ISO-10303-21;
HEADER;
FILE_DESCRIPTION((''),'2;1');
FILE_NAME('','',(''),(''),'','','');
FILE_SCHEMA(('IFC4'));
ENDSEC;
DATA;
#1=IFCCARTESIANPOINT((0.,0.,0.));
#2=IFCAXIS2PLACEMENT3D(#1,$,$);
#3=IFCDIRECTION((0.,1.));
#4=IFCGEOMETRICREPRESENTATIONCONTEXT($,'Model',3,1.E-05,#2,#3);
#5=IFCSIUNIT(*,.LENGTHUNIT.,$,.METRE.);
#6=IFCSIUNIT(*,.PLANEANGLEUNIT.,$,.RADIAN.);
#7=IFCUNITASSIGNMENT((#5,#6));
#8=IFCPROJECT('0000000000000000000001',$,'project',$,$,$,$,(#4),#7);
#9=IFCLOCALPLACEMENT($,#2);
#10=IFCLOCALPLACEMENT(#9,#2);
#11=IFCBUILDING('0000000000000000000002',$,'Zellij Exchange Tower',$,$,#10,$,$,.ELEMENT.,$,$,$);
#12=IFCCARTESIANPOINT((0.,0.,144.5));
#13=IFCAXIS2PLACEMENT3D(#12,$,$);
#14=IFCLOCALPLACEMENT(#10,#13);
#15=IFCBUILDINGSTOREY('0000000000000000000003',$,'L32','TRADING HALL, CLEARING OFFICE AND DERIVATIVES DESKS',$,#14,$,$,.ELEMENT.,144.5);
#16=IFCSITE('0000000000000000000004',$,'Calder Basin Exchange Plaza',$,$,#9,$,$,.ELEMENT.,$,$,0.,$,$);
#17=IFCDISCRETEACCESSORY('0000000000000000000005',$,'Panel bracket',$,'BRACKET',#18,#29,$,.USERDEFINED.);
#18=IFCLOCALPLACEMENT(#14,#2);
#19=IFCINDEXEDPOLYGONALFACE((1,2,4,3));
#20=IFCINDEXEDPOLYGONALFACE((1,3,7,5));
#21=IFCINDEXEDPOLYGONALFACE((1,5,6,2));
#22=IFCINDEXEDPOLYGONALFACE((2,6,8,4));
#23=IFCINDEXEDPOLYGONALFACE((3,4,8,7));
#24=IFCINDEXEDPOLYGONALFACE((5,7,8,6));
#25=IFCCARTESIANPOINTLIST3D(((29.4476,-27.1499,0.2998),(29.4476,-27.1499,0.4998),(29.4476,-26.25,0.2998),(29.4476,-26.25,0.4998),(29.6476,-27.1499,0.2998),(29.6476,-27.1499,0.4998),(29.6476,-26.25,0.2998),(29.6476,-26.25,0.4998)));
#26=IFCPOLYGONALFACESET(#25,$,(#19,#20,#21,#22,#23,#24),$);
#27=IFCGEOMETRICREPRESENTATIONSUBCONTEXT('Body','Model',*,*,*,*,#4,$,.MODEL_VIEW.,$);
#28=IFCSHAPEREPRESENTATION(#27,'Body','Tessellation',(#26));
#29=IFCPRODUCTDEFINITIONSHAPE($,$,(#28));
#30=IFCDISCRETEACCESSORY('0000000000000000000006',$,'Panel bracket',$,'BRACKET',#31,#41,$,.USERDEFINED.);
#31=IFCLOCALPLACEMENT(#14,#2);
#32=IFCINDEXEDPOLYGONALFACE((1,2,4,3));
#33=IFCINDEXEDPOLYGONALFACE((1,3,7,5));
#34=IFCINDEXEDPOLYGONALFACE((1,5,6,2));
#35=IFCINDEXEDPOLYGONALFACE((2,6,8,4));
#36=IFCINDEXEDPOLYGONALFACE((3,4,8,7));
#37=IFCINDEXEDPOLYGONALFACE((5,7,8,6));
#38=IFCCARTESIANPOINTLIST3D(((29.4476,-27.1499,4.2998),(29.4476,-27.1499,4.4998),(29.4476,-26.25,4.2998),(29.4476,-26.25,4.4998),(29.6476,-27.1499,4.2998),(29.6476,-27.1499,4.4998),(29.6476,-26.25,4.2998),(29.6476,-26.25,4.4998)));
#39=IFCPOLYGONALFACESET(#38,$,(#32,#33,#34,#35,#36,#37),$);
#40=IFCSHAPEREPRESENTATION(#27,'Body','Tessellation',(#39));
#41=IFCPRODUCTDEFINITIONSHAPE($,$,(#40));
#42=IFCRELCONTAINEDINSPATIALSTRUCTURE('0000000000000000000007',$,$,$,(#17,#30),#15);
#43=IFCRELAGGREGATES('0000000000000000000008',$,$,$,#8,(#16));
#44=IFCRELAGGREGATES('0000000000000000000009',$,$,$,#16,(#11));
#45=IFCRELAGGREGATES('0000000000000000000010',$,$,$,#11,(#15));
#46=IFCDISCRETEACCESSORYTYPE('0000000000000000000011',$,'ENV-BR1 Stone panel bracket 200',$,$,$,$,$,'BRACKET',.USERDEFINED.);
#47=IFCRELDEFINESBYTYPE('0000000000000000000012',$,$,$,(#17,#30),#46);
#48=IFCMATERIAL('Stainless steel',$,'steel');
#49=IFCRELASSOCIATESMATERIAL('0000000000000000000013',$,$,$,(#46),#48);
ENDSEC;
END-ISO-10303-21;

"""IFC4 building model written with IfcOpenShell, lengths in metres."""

from ifc_helpers import new_model, si_unit, direction, frame, origin, origin_2d, place, context, subcontext, project, spatial, rectangle, extrude, material, type_object, element, save


model = new_model("IFC4")

# Units and contexts
model_context = context("Model", 3, precision=1e-05, world=origin(), true_north=direction((0.0, 1.0)))
body_context = subcontext(model_context, "Body", "Model", "MODEL_VIEW")
ifc_project = project(units=[si_unit("LENGTHUNIT", "METRE"), si_unit("PLANEANGLEUNIT", "RADIAN")], contexts=[model_context])

# Site, building, storey
site_placement = place(None, origin())
site = spatial("IfcSite", under=ifc_project, at=site_placement, Name="Calder Basin Exchange Plaza", CompositionType="ELEMENT", RefElevation=0.0)
building_placement = place(site_placement, origin())
building = spatial("IfcBuilding", under=site, at=building_placement, Name="Zellij Exchange Tower", CompositionType="ELEMENT")
storey_placement = place(building_placement, frame((0.0, 0.0, 144.5)))
storey = spatial("IfcBuildingStorey", under=building, at=storey_placement, Name="L32", Description="TRADING HALL, CLEARING OFFICE AND DERIVATIVES DESKS", CompositionType="ELEMENT", Elevation=144.5)

# Discrete accessories
ifc_material_1 = material(Name="Stainless steel", Category="steel")
discrete_accessory_type = type_object("IfcDiscreteAccessoryType", Name="ENV-BR1 Stone panel bracket 200", ElementType="BRACKET", PredefinedType="USERDEFINED", material=ifc_material_1)
for number, where, z_axis, x_axis, name in (
    (1, (29.5476, -26.7, 0.2998), (0.0, 0.0, 1.0), (1.0, 0.0, 0.0), "Panel bracket"),
    (2, (29.5476, -26.7, 4.2998), (0.0, 0.0, 1.0), (1.0, 0.0, 0.0), "Panel bracket"),
):
    element("IfcDiscreteAccessory", number, at=place(storey_placement, frame(where, z_axis=z_axis, x_axis=x_axis)), inside=storey, type_object=discrete_accessory_type, Name=name, ObjectType="BRACKET", PredefinedType="USERDEFINED", context=body_context, shape_type="SweptSolid", body=[
        extrude(rectangle(XDim=0.2, YDim=0.8999, at=origin_2d()), origin(), (0.0, 0.0, 1.0), 0.2),
    ])

save(model, "model.ifc")
